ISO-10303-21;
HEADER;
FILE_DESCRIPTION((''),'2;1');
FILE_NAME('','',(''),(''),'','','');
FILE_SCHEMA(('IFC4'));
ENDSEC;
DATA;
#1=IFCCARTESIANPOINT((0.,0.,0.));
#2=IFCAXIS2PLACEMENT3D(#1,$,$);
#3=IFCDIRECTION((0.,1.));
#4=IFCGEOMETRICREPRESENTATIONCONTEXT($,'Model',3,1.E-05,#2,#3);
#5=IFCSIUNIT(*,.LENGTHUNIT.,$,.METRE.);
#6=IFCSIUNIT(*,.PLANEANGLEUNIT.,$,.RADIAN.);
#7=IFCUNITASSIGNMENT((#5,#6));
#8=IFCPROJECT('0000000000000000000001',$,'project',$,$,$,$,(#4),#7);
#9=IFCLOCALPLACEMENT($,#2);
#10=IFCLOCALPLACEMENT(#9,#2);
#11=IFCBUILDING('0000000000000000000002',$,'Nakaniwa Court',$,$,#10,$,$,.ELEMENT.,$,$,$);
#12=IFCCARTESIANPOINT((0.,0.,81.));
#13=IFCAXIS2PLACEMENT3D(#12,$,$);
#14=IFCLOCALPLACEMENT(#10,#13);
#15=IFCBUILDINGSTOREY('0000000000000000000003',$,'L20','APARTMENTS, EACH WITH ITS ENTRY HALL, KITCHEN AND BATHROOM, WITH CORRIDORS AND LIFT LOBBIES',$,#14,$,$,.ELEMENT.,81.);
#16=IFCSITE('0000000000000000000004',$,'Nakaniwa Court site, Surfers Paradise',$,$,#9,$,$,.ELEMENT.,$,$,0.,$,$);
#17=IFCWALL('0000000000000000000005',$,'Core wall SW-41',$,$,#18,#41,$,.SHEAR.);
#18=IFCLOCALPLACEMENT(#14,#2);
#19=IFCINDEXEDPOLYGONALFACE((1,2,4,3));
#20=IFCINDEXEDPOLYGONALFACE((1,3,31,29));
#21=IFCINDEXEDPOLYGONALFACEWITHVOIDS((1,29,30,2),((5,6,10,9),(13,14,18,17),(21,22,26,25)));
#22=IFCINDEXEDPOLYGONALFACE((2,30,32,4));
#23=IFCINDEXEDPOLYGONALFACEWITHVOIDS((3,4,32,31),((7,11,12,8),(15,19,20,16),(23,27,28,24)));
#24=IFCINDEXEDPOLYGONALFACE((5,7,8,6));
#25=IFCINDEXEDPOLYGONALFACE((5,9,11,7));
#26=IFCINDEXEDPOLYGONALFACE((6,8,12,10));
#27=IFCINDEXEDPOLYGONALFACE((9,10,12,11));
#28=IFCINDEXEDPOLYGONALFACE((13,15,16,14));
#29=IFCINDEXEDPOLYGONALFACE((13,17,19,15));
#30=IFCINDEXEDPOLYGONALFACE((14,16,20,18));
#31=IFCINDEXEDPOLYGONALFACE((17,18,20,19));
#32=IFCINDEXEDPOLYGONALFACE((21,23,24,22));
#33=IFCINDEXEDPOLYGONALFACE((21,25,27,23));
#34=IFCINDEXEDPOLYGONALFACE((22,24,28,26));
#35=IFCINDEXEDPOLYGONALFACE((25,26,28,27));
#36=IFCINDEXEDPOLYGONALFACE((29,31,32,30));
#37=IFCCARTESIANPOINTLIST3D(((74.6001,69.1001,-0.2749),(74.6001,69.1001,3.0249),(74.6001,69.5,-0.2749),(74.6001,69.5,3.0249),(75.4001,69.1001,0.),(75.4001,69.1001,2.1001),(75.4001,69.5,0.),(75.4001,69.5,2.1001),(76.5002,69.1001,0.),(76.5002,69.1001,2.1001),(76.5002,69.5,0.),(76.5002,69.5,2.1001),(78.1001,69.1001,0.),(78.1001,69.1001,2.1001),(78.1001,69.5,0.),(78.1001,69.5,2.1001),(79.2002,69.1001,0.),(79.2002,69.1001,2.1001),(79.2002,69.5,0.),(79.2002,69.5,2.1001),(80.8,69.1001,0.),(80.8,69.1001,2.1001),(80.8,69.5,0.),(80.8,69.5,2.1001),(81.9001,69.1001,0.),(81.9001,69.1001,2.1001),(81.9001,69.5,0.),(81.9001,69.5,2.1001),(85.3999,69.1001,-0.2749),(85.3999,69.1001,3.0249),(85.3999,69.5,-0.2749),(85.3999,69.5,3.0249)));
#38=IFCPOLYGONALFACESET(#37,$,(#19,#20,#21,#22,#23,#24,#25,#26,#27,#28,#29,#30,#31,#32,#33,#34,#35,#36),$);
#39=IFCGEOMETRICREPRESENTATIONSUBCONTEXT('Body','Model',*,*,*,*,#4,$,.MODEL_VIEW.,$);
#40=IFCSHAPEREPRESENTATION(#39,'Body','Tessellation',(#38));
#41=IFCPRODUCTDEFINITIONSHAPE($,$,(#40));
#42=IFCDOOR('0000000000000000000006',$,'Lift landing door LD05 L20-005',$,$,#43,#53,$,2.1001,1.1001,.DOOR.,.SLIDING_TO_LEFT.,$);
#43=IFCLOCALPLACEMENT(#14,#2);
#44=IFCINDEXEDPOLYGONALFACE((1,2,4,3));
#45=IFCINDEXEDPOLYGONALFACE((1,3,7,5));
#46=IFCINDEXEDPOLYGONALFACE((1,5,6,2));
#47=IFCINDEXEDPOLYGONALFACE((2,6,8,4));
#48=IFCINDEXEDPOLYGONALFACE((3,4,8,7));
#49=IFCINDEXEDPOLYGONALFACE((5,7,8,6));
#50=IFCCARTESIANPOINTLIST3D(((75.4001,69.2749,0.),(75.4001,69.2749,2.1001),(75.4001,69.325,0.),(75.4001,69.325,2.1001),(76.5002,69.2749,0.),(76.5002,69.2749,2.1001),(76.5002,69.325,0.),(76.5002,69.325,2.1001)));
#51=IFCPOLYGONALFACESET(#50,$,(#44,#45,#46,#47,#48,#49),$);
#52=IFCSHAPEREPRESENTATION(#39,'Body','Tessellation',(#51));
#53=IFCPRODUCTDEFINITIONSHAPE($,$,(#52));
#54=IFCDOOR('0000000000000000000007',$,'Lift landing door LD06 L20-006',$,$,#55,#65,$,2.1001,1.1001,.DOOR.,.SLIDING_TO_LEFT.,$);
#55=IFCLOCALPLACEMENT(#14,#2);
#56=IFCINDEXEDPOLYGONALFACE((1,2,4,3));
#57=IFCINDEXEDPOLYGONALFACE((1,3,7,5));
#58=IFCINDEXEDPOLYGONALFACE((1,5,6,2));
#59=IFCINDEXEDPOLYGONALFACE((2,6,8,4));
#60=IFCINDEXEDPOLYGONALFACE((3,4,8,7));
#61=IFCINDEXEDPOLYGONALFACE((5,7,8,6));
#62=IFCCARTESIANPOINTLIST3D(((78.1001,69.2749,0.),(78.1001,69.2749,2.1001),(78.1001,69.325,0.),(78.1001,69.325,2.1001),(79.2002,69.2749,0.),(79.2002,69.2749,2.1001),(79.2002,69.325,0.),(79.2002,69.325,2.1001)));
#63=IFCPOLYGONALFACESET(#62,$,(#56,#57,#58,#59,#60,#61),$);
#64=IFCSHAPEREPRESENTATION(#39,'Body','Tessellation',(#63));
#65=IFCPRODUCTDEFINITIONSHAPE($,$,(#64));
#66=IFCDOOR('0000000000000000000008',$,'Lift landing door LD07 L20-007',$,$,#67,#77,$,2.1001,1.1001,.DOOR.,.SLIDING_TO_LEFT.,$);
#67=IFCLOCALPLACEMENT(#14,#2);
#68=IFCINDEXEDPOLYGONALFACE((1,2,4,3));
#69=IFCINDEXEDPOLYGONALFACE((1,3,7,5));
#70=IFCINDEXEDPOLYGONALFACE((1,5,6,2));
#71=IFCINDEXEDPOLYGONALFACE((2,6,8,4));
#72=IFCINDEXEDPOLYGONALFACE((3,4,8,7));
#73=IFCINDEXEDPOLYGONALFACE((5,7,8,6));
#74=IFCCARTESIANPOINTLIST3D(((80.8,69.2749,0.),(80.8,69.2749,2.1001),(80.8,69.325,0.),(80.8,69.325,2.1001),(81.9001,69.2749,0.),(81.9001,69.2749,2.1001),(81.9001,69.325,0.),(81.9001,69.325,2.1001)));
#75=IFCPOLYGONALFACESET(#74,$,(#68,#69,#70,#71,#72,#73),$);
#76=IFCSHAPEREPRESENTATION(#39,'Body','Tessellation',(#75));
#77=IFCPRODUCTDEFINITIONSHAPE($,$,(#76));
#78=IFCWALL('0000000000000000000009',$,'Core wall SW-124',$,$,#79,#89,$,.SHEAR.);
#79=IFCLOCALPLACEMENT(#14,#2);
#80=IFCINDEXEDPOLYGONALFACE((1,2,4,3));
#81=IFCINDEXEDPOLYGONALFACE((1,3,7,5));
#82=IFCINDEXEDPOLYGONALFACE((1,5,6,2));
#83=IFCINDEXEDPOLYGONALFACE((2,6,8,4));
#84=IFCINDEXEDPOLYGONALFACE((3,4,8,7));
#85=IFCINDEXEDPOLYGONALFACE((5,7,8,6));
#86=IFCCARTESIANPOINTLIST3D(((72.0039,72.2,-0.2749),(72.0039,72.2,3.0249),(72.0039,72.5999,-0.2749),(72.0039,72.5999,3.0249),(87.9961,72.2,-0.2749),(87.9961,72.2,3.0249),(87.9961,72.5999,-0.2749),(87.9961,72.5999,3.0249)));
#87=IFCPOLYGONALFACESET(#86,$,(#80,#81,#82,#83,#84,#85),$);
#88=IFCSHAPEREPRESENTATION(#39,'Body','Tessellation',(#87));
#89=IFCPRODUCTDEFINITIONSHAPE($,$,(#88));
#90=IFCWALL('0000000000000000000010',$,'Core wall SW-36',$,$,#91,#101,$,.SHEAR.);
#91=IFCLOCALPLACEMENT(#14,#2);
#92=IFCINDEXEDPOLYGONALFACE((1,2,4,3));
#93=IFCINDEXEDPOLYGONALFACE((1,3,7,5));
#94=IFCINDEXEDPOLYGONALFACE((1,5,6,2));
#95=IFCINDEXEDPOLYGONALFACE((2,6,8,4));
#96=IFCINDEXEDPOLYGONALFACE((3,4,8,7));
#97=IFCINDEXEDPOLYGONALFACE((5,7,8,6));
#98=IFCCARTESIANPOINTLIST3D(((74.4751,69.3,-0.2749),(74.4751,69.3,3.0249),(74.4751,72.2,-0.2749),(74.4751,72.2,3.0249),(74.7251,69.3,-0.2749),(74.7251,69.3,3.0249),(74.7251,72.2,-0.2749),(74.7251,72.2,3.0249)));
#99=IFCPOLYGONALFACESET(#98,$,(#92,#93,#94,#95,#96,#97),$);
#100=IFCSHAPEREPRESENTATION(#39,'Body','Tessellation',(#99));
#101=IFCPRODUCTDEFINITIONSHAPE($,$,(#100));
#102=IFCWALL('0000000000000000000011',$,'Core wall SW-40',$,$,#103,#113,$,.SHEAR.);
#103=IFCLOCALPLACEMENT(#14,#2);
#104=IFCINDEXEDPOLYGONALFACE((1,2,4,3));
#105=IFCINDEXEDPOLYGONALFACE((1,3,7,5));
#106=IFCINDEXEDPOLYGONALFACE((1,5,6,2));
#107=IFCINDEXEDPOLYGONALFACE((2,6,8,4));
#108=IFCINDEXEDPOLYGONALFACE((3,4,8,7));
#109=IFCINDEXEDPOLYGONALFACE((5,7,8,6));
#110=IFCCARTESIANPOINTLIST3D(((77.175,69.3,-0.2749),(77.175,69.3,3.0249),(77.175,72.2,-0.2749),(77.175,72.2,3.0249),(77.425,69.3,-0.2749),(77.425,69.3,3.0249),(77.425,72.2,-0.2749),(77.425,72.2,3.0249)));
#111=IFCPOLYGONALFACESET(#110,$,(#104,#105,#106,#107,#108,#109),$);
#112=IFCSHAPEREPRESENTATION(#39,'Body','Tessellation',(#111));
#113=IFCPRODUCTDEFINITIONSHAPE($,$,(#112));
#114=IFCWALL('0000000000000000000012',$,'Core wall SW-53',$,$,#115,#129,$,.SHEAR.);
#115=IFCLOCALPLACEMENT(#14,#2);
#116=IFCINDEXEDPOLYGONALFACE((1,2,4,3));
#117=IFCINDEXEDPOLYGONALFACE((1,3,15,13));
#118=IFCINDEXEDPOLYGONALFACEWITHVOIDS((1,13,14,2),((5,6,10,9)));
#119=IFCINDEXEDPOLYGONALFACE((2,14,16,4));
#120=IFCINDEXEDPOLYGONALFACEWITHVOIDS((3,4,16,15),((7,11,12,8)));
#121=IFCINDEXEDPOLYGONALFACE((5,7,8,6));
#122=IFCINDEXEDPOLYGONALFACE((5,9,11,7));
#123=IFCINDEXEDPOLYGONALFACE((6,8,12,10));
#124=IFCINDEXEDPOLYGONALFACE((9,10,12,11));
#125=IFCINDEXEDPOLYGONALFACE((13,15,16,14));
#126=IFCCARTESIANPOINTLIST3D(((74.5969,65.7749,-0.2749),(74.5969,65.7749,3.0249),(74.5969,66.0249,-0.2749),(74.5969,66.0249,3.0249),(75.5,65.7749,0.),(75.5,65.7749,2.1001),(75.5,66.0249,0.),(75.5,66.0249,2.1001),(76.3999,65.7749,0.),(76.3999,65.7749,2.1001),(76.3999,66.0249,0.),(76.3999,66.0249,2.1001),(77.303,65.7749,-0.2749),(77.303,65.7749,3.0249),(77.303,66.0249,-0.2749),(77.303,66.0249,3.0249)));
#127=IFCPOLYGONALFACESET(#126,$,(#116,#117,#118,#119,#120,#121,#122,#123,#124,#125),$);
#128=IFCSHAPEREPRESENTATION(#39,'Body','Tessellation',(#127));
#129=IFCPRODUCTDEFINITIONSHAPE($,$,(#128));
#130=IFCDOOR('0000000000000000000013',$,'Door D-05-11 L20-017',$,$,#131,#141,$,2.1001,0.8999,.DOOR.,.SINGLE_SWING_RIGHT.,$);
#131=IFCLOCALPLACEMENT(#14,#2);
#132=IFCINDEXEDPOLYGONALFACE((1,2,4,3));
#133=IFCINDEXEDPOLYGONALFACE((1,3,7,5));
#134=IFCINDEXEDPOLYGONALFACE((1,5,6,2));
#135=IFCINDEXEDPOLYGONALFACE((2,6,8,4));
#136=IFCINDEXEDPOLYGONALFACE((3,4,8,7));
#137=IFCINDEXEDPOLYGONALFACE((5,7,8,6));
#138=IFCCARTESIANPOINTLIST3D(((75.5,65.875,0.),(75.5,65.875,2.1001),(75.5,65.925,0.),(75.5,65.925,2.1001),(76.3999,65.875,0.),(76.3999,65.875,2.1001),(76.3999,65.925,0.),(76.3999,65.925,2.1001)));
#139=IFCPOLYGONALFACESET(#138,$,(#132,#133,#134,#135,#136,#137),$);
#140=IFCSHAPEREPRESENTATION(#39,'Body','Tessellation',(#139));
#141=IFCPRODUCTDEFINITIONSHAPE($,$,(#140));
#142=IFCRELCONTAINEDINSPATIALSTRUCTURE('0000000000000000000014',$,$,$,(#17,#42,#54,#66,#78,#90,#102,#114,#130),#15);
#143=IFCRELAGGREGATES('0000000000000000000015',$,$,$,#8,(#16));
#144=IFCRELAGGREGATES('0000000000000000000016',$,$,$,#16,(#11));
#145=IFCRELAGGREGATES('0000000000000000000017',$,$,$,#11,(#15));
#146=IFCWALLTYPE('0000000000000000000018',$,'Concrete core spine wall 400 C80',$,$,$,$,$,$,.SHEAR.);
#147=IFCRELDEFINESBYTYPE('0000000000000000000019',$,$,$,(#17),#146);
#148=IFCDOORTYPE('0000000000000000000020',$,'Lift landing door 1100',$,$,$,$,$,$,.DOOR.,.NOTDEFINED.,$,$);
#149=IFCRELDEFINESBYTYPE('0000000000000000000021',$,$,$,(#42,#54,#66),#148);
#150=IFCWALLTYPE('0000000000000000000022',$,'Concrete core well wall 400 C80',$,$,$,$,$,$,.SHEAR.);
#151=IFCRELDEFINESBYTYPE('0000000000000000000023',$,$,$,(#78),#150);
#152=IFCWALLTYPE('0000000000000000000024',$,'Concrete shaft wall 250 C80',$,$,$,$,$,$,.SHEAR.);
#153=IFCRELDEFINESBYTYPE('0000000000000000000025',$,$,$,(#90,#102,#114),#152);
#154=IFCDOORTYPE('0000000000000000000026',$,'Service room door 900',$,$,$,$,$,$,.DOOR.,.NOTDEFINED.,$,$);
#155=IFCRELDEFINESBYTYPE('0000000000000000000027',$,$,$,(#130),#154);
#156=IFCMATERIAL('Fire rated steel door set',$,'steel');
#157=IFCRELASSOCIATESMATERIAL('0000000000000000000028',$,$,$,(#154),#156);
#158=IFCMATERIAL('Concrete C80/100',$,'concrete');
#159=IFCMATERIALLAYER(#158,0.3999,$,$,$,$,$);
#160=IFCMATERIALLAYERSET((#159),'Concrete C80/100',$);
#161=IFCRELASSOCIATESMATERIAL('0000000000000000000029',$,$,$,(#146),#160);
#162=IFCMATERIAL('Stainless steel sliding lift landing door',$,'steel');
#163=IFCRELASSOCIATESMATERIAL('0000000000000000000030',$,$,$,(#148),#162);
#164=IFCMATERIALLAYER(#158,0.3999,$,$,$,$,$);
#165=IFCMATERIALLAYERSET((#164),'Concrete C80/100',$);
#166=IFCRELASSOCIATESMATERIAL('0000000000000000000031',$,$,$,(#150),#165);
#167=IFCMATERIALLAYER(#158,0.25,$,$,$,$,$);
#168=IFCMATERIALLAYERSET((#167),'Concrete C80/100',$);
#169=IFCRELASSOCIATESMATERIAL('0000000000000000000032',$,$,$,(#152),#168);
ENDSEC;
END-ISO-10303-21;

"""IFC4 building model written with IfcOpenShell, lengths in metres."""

from ifc_helpers import new_model, si_unit, direction, frame, frame_2d, origin, place, context, subcontext, project, spatial, rectangle, extrude, material, layer, layer_set, type_object, element, fill, save


model = new_model("IFC4")

# Units and contexts
model_context = context("Model", 3, precision=1e-05, world=origin(), true_north=direction((0.0, 1.0)))
body_context = subcontext(model_context, "Body", "Model", "MODEL_VIEW")
ifc_project = project(units=[si_unit("LENGTHUNIT", "METRE"), si_unit("PLANEANGLEUNIT", "RADIAN")], contexts=[model_context])

# Site, building, storey
site_placement = place(None, origin())
site = spatial("IfcSite", under=ifc_project, at=site_placement, Name="Nakaniwa Court site, Surfers Paradise", CompositionType="ELEMENT", RefElevation=0.0)
building_placement = place(site_placement, origin())
building = spatial("IfcBuilding", under=site, at=building_placement, Name="Nakaniwa Court", CompositionType="ELEMENT")
storey_placement = place(building_placement, frame((0.0, 0.0, 81.0)))
storey = spatial("IfcBuildingStorey", under=building, at=storey_placement, Name="L20", Description="APARTMENTS, EACH WITH ITS ENTRY HALL, KITCHEN AND BATHROOM, WITH CORRIDORS AND LIFT LOBBIES", CompositionType="ELEMENT", Elevation=81.0)

# Shared definitions
ifc_material_1 = material(Name="Concrete C80/100", Category="concrete")

# Shared definitions
ifc_material_2 = material(Name="Fire rated steel door set", Category="steel")
door_type_1 = type_object("IfcDoorType", Name="Service room door 900", OperationType="NOTDEFINED", PredefinedType="DOOR", material=ifc_material_2)

# Wall, openings, doors
ifc_layer_1 = layer(ifc_material_1, 0.3999)
ifc_layer_set_1 = layer_set([ifc_layer_1], Name="Concrete C80/100")
wall_type_1 = type_object("IfcWallType", Name="Concrete core spine wall 400 C80", PredefinedType="SHEAR", material=ifc_layer_set_1)
wall_1_placement = place(storey_placement, frame((74.6001, 69.3, -0.2749), z_axis=(0.0, 0.0, 1.0), x_axis=(1.0, 0.0, 0.0)))
wall_1 = element("IfcWall", 1, at=wall_1_placement, inside=storey, type_object=wall_type_1, Name="Core wall SW-41", PredefinedType="SHEAR", context=body_context, shape_type="SweptSolid", body=[
    extrude(rectangle(XDim=10.7998, YDim=0.3999, at=frame_2d((5.3999, 0.0))), origin(), (0.0, 0.0, 1.0), 3.2998),
])
opening_1_placement = place(wall_1_placement, frame((0.8, 0.0, 0.2749)))
opening_1 = element("IfcOpeningElement", 2, at=opening_1_placement, cuts=wall_1, PredefinedType="OPENING", context=body_context, shape_type="SweptSolid", body=[
    extrude(rectangle(XDim=1.1001, YDim=2.1001, at=frame_2d((0.55, 1.05))), frame((0.0, 0.21, 0.0), z_axis=(0.0, -1.0, 0.0), x_axis=(1.0, 0.0, 0.0)), (0.0, 0.0, 1.0), 0.4199),
])
opening_2_placement = place(wall_1_placement, frame((3.5, 0.0, 0.2749)))
opening_2 = element("IfcOpeningElement", 3, at=opening_2_placement, cuts=wall_1, PredefinedType="OPENING", context=body_context, shape_type="SweptSolid", body=[
    extrude(rectangle(XDim=1.1001, YDim=2.1001, at=frame_2d((0.55, 1.05))), frame((0.0, 0.21, 0.0), z_axis=(0.0, -1.0, 0.0), x_axis=(1.0, 0.0, 0.0)), (0.0, 0.0, 1.0), 0.4199),
])
opening_3_placement = place(wall_1_placement, frame((6.2, 0.0, 0.2749)))
opening_3 = element("IfcOpeningElement", 4, at=opening_3_placement, cuts=wall_1, PredefinedType="OPENING", context=body_context, shape_type="SweptSolid", body=[
    extrude(rectangle(XDim=1.1001, YDim=2.1001, at=frame_2d((0.55, 1.05))), frame((0.0, 0.21, 0.0), z_axis=(0.0, -1.0, 0.0), x_axis=(1.0, 0.0, 0.0)), (0.0, 0.0, 1.0), 0.4199),
])
ifc_material_3 = material(Name="Stainless steel sliding lift landing door", Category="steel")
door_type_2 = type_object("IfcDoorType", Name="Lift landing door 1100", OperationType="NOTDEFINED", PredefinedType="DOOR", material=ifc_material_3)
door_1_placement = place(opening_1_placement, origin())
door_1 = element("IfcDoor", 5, at=door_1_placement, inside=storey, type_object=door_type_2, Name="Lift landing door LD05 L20-005", OperationType="SLIDING_TO_LEFT", OverallHeight=2.1001, OverallWidth=1.1001, PredefinedType="DOOR", context=body_context, shape_type="SweptSolid", body=[
    extrude(rectangle(XDim=1.1001, YDim=2.1001, at=frame_2d((0.55, 1.05))), frame((0.0, 0.0249, 0.0), z_axis=(0.0, -1.0, 0.0), x_axis=(1.0, 0.0, 0.0)), (0.0, 0.0, 1.0), 0.05),
])
fill(opening_1, door_1)
door_2_placement = place(opening_2_placement, origin())
door_2 = element("IfcDoor", 6, at=door_2_placement, inside=storey, type_object=door_type_2, Name="Lift landing door LD06 L20-006", OperationType="SLIDING_TO_LEFT", OverallHeight=2.1001, OverallWidth=1.1001, PredefinedType="DOOR", context=body_context, shape_type="SweptSolid", body=[
    extrude(rectangle(XDim=1.1001, YDim=2.1001, at=frame_2d((0.55, 1.05))), frame((0.0, 0.0249, 0.0), z_axis=(0.0, -1.0, 0.0), x_axis=(1.0, 0.0, 0.0)), (0.0, 0.0, 1.0), 0.05),
])
fill(opening_2, door_2)
door_3_placement = place(opening_3_placement, origin())
door_3 = element("IfcDoor", 7, at=door_3_placement, inside=storey, type_object=door_type_2, Name="Lift landing door LD07 L20-007", OperationType="SLIDING_TO_LEFT", OverallHeight=2.1001, OverallWidth=1.1001, PredefinedType="DOOR", context=body_context, shape_type="SweptSolid", body=[
    extrude(rectangle(XDim=1.1001, YDim=2.1001, at=frame_2d((0.55, 1.05))), frame((0.0, 0.0249, 0.0), z_axis=(0.0, -1.0, 0.0), x_axis=(1.0, 0.0, 0.0)), (0.0, 0.0, 1.0), 0.05),
])
fill(opening_3, door_3)

# Walls
ifc_layer_2 = layer(ifc_material_1, 0.3999)
ifc_layer_set_2 = layer_set([ifc_layer_2], Name="Concrete C80/100")
wall_type_2 = type_object("IfcWallType", Name="Concrete core well wall 400 C80", PredefinedType="SHEAR", material=ifc_layer_set_2)
wall_2_placement = place(storey_placement, frame((72.0039, 72.3999, -0.2749), z_axis=(0.0, 0.0, 1.0), x_axis=(1.0, 0.0, 0.0)))
element("IfcWall", 8, at=wall_2_placement, inside=storey, type_object=wall_type_2, Name="Core wall SW-124", PredefinedType="SHEAR", context=body_context, shape_type="SweptSolid", body=[
    extrude(rectangle(XDim=15.9922, YDim=0.3999, at=frame_2d((7.9961, 0.0))), origin(), (0.0, 0.0, 1.0), 3.2998),
])
ifc_layer_3 = layer(ifc_material_1, 0.25)
ifc_layer_set_3 = layer_set([ifc_layer_3], Name="Concrete C80/100")
wall_type_3 = type_object("IfcWallType", Name="Concrete shaft wall 250 C80", PredefinedType="SHEAR", material=ifc_layer_set_3)
for number, where, z_axis, x_axis, name in (
    (9, (74.6001, 69.3, -0.2749), (0.0, 0.0, 1.0), (0.0, 1.0, 0.0), "Core wall SW-36"),
    (10, (77.3, 69.3, -0.2749), (0.0, 0.0, 1.0), (0.0, 1.0, 0.0), "Core wall SW-40"),
):
    element("IfcWall", number, at=place(storey_placement, frame(where, z_axis=z_axis, x_axis=x_axis)), inside=storey, type_object=wall_type_3, Name=name, PredefinedType="SHEAR", context=body_context, shape_type="SweptSolid", body=[
        extrude(rectangle(XDim=2.8999, YDim=0.25, at=frame_2d((1.45, 0.0))), origin(), (0.0, 0.0, 1.0), 3.2998),
    ])

# Wall, opening, door
wall_3_placement = place(storey_placement, frame((77.303, 65.8999, -0.2749), z_axis=(0.0, 0.0, 1.0), x_axis=(-1.0, 0.0, 0.0)))
wall_3 = element("IfcWall", 11, at=wall_3_placement, inside=storey, type_object=wall_type_3, Name="Core wall SW-53", PredefinedType="SHEAR", context=body_context, shape_type="SweptSolid", body=[
    extrude(rectangle(XDim=2.7061, YDim=0.25, at=frame_2d((1.353, 0.0))), origin(), (0.0, 0.0, 1.0), 3.2998),
])
opening_4_placement = place(wall_3_placement, frame((0.9031, 0.0, 0.2749)))
opening_4 = element("IfcOpeningElement", 12, at=opening_4_placement, cuts=wall_3, PredefinedType="OPENING", context=body_context, shape_type="SweptSolid", body=[
    extrude(rectangle(XDim=0.8999, YDim=2.1001, at=frame_2d((0.45, 1.05))), frame((0.0, 0.135, 0.0), z_axis=(0.0, -1.0, 0.0), x_axis=(1.0, 0.0, 0.0)), (0.0, 0.0, 1.0), 0.27),
])
door_4_placement = place(opening_4_placement, origin())
door_4 = element("IfcDoor", 13, at=door_4_placement, inside=storey, type_object=door_type_1, Name="Door D-05-11 L20-017", OperationType="SINGLE_SWING_RIGHT", OverallHeight=2.1001, OverallWidth=0.8999, PredefinedType="DOOR", context=body_context, shape_type="SweptSolid", body=[
    extrude(rectangle(XDim=0.8999, YDim=2.1001, at=frame_2d((0.45, 1.05))), frame((0.0, 0.0249, 0.0), z_axis=(0.0, -1.0, 0.0), x_axis=(1.0, 0.0, 0.0)), (0.0, 0.0, 1.0), 0.05),
])
fill(opening_4, door_4)

save(model, "model.ifc")
